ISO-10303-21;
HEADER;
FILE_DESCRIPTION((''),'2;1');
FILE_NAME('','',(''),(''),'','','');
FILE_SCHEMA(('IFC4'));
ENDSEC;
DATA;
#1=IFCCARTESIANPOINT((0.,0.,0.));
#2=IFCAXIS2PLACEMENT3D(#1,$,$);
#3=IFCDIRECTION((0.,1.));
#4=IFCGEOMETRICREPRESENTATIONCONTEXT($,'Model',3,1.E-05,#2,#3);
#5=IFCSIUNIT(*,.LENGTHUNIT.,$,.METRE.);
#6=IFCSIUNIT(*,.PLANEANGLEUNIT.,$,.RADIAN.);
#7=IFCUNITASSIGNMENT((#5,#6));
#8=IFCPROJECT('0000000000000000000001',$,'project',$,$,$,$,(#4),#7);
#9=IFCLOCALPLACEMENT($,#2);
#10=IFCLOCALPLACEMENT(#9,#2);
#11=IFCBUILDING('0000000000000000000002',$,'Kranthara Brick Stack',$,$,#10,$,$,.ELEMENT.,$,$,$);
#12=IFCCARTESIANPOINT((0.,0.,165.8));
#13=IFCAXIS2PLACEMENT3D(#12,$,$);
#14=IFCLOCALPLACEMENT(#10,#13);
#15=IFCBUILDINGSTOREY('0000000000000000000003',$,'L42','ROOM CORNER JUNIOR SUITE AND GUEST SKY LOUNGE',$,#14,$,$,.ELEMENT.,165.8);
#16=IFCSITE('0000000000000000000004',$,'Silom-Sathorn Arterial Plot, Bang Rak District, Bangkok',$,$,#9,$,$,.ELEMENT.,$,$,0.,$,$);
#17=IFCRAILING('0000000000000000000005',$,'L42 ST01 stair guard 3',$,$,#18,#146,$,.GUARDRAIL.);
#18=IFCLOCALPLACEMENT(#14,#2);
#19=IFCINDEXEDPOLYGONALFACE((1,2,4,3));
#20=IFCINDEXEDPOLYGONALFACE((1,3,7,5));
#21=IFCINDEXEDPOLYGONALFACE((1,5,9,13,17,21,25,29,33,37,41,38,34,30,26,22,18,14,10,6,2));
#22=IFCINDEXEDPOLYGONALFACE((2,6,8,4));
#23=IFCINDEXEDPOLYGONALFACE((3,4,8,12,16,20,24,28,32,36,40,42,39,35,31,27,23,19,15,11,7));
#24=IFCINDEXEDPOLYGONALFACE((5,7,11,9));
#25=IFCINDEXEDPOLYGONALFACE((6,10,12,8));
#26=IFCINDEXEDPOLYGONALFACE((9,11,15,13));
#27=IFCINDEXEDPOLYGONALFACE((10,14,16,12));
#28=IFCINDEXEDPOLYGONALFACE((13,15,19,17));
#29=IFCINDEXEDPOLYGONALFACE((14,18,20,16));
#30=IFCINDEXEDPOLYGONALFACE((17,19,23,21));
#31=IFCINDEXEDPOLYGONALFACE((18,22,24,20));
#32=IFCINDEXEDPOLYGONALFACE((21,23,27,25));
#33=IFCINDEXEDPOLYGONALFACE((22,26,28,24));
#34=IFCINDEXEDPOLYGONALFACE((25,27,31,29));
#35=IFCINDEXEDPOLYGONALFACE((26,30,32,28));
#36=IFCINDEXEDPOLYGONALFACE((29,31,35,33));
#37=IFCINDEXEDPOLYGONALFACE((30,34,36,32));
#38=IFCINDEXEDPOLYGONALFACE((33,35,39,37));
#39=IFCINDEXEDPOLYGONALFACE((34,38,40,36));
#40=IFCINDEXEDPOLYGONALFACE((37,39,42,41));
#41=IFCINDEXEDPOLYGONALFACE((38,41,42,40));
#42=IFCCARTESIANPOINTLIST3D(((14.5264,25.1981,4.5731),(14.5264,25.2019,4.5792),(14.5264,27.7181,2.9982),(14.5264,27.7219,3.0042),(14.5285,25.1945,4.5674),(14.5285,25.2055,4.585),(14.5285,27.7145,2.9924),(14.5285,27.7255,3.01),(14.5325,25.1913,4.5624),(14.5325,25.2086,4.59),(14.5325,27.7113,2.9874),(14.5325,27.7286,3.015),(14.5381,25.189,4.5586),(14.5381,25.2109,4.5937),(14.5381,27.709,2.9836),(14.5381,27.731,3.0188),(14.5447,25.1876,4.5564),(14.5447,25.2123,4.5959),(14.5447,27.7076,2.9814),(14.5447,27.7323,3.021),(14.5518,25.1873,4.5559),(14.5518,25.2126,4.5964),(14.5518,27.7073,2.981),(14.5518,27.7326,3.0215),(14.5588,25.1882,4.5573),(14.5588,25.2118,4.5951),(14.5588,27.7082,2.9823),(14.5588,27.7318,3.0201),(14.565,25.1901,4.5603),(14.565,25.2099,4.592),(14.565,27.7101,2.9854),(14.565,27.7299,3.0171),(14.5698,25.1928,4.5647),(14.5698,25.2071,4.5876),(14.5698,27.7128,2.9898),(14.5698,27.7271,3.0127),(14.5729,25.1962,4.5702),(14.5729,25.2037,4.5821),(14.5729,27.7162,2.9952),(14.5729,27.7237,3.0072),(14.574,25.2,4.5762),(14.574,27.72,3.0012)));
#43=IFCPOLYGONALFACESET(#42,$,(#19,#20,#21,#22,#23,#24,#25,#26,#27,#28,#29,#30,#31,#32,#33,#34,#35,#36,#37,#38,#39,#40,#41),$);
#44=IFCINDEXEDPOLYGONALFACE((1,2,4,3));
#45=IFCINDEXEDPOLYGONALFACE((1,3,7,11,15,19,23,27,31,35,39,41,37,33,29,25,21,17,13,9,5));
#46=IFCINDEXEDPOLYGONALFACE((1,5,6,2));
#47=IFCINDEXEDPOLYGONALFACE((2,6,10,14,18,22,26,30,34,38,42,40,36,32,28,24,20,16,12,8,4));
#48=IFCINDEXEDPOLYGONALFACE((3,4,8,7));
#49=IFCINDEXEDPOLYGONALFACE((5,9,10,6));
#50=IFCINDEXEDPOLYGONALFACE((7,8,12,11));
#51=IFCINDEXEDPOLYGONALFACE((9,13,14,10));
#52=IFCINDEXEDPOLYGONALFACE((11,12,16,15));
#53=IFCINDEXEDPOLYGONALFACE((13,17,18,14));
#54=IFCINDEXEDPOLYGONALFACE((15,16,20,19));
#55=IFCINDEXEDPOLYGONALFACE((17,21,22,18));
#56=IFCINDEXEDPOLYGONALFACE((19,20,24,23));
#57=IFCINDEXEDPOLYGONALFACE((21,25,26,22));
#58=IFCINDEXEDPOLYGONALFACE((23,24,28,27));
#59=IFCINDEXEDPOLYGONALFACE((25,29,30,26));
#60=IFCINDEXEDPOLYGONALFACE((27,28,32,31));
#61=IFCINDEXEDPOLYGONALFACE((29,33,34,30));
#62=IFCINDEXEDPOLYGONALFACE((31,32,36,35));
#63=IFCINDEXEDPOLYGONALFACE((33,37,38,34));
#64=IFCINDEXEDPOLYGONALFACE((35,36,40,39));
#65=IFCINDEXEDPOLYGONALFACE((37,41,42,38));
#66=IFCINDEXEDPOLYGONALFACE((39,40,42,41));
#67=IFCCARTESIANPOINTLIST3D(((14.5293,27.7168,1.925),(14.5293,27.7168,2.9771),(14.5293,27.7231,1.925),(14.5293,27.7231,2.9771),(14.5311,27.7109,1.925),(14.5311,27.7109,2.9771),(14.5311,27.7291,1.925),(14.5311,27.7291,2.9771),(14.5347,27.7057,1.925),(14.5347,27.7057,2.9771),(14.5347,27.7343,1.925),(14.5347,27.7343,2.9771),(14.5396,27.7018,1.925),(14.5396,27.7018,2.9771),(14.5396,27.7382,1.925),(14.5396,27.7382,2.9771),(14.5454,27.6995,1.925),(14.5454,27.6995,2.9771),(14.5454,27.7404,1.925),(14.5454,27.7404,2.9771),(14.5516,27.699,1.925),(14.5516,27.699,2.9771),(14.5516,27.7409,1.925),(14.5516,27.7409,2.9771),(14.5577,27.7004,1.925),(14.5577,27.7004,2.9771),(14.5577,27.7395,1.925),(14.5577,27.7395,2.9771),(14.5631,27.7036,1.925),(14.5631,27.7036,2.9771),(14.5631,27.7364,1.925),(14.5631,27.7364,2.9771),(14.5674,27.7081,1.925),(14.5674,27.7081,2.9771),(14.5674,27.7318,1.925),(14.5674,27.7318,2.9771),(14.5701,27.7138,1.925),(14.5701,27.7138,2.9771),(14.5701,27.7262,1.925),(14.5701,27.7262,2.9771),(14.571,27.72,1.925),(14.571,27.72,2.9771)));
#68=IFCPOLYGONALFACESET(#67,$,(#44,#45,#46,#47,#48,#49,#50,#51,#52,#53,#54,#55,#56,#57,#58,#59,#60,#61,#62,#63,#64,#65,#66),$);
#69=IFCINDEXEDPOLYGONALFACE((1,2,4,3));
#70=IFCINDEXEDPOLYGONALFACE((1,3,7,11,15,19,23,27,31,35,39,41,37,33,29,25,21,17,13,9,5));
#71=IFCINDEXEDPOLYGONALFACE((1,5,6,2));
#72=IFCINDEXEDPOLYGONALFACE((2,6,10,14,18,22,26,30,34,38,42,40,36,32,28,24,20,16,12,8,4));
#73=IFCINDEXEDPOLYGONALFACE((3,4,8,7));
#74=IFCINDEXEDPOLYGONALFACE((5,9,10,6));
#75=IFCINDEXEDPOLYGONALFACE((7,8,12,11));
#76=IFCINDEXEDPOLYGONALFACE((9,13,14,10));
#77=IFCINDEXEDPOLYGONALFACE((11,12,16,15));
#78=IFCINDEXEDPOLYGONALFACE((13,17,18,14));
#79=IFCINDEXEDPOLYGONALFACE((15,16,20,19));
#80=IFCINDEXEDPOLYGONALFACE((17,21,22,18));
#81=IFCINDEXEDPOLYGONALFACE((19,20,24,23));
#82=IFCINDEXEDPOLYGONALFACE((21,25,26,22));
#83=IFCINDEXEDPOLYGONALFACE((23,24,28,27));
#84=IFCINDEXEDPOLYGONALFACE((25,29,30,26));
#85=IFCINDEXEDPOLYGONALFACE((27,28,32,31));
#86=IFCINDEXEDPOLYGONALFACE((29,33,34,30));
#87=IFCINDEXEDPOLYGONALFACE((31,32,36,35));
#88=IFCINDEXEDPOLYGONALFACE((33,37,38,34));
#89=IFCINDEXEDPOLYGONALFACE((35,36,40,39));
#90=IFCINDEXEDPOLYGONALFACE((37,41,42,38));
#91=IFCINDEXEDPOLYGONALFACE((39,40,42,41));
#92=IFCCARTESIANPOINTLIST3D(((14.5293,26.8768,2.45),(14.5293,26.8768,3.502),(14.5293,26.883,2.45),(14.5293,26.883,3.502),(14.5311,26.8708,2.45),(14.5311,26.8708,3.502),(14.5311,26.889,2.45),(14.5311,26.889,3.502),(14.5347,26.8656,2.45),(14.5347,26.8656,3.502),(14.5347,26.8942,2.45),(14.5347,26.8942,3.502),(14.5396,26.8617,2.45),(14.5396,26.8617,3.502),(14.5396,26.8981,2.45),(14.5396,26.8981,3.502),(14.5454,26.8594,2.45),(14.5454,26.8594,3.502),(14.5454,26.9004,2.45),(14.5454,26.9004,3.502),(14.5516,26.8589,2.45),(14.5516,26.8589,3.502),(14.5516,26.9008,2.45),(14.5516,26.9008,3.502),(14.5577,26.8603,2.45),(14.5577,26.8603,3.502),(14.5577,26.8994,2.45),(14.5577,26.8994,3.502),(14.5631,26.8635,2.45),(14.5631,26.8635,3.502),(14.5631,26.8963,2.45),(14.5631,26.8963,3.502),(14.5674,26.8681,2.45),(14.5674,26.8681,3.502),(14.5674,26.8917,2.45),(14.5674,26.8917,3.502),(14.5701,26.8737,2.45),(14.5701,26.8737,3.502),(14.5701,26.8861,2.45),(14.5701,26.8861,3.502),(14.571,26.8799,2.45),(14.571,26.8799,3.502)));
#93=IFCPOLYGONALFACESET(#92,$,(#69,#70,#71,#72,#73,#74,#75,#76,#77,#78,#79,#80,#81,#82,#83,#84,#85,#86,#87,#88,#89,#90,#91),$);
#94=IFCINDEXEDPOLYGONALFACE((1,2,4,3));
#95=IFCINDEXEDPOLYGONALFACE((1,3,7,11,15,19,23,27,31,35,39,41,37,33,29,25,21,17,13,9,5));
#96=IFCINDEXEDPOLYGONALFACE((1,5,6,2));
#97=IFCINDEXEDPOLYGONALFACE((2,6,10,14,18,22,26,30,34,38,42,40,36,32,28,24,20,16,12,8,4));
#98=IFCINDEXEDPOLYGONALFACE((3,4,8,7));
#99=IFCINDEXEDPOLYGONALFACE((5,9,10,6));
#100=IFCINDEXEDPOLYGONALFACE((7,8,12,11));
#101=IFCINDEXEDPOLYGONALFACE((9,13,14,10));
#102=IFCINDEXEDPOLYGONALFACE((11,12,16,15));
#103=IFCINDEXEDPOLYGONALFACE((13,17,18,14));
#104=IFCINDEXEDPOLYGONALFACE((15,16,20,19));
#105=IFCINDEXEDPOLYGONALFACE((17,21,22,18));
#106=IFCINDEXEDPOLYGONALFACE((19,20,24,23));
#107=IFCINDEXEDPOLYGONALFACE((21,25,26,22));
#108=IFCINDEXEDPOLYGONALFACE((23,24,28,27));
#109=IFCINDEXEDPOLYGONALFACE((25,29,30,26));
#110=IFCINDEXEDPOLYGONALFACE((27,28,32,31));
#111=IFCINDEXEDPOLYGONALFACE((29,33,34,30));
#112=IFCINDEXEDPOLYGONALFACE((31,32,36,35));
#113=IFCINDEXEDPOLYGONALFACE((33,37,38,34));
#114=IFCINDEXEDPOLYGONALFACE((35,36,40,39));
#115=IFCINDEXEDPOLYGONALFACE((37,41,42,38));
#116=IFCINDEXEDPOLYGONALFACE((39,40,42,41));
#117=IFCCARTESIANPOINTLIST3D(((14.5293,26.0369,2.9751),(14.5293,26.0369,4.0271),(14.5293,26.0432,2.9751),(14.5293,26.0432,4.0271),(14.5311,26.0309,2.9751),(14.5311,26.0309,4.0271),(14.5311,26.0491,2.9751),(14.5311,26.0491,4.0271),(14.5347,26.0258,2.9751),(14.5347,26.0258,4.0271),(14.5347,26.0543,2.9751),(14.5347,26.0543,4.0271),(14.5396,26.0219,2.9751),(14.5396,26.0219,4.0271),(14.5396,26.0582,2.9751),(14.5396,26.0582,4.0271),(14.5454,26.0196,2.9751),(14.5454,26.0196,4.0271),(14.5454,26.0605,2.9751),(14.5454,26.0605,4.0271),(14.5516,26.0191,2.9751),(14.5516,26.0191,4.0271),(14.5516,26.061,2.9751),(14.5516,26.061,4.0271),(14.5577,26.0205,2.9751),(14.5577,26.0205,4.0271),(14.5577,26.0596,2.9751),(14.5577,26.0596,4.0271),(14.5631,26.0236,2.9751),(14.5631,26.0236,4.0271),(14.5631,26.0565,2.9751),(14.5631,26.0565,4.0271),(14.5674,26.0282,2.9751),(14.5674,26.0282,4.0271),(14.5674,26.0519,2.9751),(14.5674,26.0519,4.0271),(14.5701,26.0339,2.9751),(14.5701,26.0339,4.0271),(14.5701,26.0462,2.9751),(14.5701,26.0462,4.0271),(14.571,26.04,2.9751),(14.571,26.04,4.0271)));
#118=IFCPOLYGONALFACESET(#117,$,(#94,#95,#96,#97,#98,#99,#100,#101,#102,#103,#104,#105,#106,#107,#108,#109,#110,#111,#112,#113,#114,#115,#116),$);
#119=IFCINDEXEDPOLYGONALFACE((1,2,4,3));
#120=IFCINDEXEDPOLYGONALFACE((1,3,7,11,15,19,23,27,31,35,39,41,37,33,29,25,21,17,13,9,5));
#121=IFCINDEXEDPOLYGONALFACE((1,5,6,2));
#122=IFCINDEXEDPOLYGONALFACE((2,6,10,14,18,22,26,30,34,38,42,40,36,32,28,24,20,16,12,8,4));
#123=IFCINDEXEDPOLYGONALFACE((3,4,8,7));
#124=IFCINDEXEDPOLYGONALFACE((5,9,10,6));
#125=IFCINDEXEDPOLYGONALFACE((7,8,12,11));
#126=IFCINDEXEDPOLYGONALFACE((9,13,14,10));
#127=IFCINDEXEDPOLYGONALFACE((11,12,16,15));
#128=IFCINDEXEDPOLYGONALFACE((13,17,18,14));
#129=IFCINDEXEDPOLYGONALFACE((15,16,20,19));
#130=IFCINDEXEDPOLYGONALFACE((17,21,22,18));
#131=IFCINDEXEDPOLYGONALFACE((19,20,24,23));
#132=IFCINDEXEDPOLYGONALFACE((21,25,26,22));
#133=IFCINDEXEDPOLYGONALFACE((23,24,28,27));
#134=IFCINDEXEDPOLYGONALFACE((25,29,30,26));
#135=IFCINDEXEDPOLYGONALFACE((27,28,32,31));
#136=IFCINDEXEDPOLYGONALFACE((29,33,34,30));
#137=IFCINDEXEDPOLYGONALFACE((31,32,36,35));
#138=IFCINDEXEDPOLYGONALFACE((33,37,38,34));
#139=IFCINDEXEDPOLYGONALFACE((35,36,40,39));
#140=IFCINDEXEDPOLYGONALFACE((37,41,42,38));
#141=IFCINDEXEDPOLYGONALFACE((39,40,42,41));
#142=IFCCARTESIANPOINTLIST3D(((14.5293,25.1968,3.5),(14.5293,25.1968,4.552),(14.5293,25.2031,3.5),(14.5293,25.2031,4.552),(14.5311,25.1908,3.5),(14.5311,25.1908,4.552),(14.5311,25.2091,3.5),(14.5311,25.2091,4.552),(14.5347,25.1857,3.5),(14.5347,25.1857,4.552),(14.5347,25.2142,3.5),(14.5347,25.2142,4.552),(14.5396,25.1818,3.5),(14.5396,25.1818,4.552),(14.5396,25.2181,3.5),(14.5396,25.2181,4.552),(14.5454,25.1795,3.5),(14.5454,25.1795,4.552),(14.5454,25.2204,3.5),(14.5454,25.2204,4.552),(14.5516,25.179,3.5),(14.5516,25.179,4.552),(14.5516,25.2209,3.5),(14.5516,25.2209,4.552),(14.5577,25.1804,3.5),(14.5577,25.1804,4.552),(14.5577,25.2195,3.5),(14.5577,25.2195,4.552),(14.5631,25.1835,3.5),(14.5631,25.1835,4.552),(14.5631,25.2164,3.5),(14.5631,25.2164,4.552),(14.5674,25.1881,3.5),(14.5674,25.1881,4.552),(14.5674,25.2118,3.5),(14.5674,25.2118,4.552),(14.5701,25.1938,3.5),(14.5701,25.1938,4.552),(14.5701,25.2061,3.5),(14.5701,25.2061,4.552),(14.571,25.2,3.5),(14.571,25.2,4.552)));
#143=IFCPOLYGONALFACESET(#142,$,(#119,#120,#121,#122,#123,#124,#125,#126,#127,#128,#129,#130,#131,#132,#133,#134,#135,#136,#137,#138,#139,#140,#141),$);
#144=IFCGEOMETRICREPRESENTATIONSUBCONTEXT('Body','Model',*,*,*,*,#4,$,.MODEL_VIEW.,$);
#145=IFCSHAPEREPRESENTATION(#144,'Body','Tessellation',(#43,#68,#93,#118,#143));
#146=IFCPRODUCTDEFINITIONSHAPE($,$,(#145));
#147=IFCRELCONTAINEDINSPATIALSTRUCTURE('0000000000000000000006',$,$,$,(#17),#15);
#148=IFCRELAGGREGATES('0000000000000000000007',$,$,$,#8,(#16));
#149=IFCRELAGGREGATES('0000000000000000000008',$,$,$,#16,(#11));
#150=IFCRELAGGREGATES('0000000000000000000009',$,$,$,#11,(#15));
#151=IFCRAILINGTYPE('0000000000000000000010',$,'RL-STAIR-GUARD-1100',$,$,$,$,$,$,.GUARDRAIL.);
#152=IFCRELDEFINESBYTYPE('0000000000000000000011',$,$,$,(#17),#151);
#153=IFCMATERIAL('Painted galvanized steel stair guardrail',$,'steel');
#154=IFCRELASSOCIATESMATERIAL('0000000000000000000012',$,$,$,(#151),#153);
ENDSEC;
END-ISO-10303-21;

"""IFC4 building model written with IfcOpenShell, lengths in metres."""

from ifc_helpers import new_model, si_unit, direction, frame, origin, origin_2d, place, context, subcontext, project, spatial, circle, extrude, material, type_object, element, save


model = new_model("IFC4")

# Units and contexts
model_context = context("Model", 3, precision=1e-05, world=origin(), true_north=direction((0.0, 1.0)))
body_context = subcontext(model_context, "Body", "Model", "MODEL_VIEW")
ifc_project = project(units=[si_unit("LENGTHUNIT", "METRE"), si_unit("PLANEANGLEUNIT", "RADIAN")], contexts=[model_context])

# Site, building, storey
site_placement = place(None, origin())
site = spatial("IfcSite", under=ifc_project, at=site_placement, Name="Silom-Sathorn Arterial Plot, Bang Rak District, Bangkok", CompositionType="ELEMENT", RefElevation=0.0)
building_placement = place(site_placement, origin())
building = spatial("IfcBuilding", under=site, at=building_placement, Name="Kranthara Brick Stack", CompositionType="ELEMENT")
storey_placement = place(building_placement, frame((0.0, 0.0, 165.8)))
storey = spatial("IfcBuildingStorey", under=building, at=storey_placement, Name="L42", Description="ROOM CORNER JUNIOR SUITE AND GUEST SKY LOUNGE", CompositionType="ELEMENT", Elevation=165.8)

# Railing
ifc_material_1 = material(Name="Painted galvanized steel stair guardrail", Category="steel")
railing_type_1 = type_object("IfcRailingType", Name="RL-STAIR-GUARD-1100", PredefinedType="GUARDRAIL", material=ifc_material_1)
railing_1_placement = place(storey_placement, frame((14.55, 27.72, 1.925)))
element("IfcRailing", 1, at=railing_1_placement, inside=storey, type_object=railing_type_1, Name="L42 ST01 stair guard 3", PredefinedType="GUARDRAIL", context=body_context, shape_type="SweptSolid", body=[
    extrude(circle(Radius=0.0239, at=origin_2d()), frame((0.0, 0.0, 1.0762), z_axis=(0.0, -0.848008, 0.529984), x_axis=(1.0, 0.0, 0.0)), (0.0, 0.0, 1.0), 2.9717),
    extrude(circle(Radius=0.021, at=origin_2d()), origin(), (0.0, 0.0, 1.0), 1.052),
    extrude(circle(Radius=0.021, at=origin_2d()), frame((0.0, -0.8401, 0.5249)), (0.0, 0.0, 1.0), 1.052),
    extrude(circle(Radius=0.021, at=origin_2d()), frame((0.0, -1.6799, 1.05)), (0.0, 0.0, 1.0), 1.052),
    extrude(circle(Radius=0.021, at=origin_2d()), frame((0.0, -2.52, 1.575)), (0.0, 0.0, 1.0), 1.052),
])

save(model, "model.ifc")
